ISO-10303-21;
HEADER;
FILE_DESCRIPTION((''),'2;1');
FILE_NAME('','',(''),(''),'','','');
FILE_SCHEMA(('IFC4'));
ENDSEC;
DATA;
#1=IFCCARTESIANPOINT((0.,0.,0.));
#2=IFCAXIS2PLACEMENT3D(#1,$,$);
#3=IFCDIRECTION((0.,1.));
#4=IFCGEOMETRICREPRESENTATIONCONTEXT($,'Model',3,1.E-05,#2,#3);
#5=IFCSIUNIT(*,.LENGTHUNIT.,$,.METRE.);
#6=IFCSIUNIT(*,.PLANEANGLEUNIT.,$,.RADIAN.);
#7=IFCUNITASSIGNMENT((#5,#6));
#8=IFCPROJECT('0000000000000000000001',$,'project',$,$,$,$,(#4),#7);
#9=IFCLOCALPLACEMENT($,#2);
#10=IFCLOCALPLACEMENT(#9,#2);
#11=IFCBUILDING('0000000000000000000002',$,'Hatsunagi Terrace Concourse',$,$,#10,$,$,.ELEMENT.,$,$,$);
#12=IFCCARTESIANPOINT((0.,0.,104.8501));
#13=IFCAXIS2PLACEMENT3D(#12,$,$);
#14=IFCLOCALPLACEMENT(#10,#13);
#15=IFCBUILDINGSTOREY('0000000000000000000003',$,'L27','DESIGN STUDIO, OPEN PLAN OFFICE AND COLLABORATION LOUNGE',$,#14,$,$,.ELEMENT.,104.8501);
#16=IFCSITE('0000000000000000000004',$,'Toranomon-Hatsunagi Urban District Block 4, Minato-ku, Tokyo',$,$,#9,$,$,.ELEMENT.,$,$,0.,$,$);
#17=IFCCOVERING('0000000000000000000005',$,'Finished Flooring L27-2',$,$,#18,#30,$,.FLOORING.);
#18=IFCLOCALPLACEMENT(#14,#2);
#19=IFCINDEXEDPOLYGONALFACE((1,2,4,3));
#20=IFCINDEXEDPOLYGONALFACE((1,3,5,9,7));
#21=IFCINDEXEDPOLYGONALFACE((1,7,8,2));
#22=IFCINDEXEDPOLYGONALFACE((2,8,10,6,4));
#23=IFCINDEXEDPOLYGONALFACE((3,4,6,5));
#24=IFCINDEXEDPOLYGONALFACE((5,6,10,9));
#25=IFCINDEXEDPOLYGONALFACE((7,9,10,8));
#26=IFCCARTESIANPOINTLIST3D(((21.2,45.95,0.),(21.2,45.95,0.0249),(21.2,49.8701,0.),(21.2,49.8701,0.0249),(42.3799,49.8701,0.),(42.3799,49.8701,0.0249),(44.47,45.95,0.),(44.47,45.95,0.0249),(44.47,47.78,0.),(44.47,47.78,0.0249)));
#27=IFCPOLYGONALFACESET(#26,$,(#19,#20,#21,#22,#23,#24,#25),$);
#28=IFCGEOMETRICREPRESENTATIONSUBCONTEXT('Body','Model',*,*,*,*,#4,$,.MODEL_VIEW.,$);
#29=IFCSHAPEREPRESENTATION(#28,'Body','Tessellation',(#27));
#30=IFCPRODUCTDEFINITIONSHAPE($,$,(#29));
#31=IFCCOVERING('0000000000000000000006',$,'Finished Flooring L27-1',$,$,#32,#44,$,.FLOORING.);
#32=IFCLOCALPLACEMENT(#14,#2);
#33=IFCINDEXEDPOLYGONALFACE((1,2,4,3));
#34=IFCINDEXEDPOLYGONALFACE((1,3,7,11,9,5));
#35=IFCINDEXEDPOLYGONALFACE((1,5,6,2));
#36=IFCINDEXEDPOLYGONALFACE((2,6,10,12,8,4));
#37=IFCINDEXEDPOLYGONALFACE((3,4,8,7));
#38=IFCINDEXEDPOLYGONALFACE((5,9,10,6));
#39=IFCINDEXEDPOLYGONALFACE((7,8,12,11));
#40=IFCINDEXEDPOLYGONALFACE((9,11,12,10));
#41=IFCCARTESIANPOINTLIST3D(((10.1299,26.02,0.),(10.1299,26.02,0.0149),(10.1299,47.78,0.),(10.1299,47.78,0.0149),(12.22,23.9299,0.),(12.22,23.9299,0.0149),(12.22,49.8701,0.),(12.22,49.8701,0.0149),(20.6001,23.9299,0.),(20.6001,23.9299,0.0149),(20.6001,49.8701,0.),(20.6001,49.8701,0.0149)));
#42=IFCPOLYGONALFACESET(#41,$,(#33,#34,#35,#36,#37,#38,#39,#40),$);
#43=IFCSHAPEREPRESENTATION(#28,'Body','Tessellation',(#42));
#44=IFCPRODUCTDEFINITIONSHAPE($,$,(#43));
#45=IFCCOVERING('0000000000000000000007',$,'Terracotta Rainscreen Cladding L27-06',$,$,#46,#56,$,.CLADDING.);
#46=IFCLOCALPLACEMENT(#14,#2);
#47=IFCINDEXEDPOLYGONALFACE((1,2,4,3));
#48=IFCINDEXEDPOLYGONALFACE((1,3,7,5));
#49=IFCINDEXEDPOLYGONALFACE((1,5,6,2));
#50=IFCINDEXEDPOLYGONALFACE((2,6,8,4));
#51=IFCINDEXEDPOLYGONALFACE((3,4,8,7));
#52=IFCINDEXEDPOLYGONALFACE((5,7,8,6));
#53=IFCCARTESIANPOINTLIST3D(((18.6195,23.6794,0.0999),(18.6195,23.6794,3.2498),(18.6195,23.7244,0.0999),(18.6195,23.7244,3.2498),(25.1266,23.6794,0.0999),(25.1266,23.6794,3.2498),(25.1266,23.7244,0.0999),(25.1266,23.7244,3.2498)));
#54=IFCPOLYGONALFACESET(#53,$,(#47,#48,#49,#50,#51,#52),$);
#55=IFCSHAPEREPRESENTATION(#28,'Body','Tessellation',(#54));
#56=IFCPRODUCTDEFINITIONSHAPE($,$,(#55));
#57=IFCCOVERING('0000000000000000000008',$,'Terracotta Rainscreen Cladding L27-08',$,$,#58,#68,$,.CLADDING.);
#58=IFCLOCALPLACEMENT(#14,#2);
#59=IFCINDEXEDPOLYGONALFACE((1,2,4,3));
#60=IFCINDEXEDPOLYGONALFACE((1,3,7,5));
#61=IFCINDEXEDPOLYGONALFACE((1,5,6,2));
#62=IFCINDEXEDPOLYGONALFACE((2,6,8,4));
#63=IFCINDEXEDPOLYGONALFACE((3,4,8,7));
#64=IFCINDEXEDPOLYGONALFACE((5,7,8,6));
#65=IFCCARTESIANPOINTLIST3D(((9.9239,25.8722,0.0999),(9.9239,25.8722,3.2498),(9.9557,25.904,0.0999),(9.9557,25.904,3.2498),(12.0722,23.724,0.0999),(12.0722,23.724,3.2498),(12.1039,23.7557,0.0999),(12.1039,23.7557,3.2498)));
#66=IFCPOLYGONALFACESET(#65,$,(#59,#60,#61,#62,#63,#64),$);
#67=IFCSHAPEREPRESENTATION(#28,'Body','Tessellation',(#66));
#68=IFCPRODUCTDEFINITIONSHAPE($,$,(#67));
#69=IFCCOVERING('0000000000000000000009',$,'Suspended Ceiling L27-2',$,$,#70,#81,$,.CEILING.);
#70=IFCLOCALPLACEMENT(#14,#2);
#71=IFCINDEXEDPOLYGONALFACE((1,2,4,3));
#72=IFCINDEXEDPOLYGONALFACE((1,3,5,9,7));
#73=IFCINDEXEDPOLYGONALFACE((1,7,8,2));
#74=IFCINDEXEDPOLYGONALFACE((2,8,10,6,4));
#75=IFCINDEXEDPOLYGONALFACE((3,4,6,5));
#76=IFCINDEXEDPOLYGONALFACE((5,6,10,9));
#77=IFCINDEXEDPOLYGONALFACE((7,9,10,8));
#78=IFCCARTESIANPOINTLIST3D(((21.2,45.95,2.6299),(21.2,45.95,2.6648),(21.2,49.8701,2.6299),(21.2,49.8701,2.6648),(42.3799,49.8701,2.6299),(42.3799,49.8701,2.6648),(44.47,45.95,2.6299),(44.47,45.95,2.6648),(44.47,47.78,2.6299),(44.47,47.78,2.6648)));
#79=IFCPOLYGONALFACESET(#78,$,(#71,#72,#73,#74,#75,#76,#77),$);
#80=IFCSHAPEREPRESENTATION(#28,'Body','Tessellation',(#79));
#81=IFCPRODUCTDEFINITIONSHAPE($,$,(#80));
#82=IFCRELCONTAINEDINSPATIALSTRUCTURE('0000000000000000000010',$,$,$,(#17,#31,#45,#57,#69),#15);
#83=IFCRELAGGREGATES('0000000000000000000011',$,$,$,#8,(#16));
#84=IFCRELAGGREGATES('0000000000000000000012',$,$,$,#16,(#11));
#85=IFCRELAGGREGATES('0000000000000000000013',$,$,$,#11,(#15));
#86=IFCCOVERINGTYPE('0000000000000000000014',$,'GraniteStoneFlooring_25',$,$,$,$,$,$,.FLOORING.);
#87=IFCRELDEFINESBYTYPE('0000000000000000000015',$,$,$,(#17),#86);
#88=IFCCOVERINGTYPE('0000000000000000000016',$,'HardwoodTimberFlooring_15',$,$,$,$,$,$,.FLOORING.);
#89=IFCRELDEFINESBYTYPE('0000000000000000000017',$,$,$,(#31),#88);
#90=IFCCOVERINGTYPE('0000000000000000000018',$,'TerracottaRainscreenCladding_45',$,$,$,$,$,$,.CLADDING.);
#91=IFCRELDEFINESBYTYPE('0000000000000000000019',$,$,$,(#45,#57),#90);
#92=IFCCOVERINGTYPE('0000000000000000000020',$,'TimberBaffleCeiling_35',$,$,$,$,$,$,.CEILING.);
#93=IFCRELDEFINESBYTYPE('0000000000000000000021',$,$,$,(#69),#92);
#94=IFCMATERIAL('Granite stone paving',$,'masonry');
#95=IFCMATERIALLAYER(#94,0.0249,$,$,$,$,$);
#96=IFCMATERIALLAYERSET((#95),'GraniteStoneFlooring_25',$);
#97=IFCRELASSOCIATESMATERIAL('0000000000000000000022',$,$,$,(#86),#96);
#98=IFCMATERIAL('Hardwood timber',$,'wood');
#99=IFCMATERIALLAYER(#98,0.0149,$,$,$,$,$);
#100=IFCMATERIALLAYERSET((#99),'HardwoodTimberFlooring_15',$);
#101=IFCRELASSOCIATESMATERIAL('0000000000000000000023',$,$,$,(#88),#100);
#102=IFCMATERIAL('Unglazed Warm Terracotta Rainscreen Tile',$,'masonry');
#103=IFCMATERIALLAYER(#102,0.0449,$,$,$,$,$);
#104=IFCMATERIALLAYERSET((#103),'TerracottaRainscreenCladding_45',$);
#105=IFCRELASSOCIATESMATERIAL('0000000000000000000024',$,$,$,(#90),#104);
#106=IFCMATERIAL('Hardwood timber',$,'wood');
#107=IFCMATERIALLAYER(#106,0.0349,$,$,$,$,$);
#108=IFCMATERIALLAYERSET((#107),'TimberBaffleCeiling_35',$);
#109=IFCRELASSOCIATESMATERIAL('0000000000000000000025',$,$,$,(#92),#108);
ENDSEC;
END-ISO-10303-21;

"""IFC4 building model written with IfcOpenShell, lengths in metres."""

from ifc_helpers import new_model, si_unit, direction, frame, origin, origin_2d, place, context, subcontext, project, spatial, polyline, rectangle, outline, extrude, material, layer, layer_set, type_object, element, save


model = new_model("IFC4")

# Units and contexts
model_context = context("Model", 3, precision=1e-05, world=origin(), true_north=direction((0.0, 1.0)))
body_context = subcontext(model_context, "Body", "Model", "MODEL_VIEW")
ifc_project = project(units=[si_unit("LENGTHUNIT", "METRE"), si_unit("PLANEANGLEUNIT", "RADIAN")], contexts=[model_context])

# Site, building, storey
site_placement = place(None, origin())
site = spatial("IfcSite", under=ifc_project, at=site_placement, Name="Toranomon-Hatsunagi Urban District Block 4, Minato-ku, Tokyo", CompositionType="ELEMENT", RefElevation=0.0)
building_placement = place(site_placement, origin())
building = spatial("IfcBuilding", under=site, at=building_placement, Name="Hatsunagi Terrace Concourse", CompositionType="ELEMENT")
storey_placement = place(building_placement, frame((0.0, 0.0, 104.8501)))
storey = spatial("IfcBuildingStorey", under=building, at=storey_placement, Name="L27", Description="DESIGN STUDIO, OPEN PLAN OFFICE AND COLLABORATION LOUNGE", CompositionType="ELEMENT", Elevation=104.8501)

# Coverings
ifc_material_1 = material(Name="Granite stone paving", Category="masonry")
ifc_layer_1 = layer(ifc_material_1, 0.0249)
ifc_layer_set_1 = layer_set([ifc_layer_1], Name="GraniteStoneFlooring_25")
covering_type_1 = type_object("IfcCoveringType", Name="GraniteStoneFlooring_25", PredefinedType="FLOORING", material=ifc_layer_set_1)
covering_1_placement = place(storey_placement, origin())
element("IfcCovering", 1, at=covering_1_placement, inside=storey, type_object=covering_type_1, Name="Finished Flooring L27-2", PredefinedType="FLOORING", context=body_context, shape_type="SweptSolid", body=[
    extrude(outline(polyline([(42.3799, 49.8701), (21.2, 49.8701), (21.2, 45.95), (44.47, 45.95), (44.47, 47.78), (42.3799, 49.8701)])), origin(), (0.0, 0.0, 1.0), 0.0249),
])
ifc_material_2 = material(Name="Hardwood timber", Category="wood")
ifc_layer_2 = layer(ifc_material_2, 0.0149)
ifc_layer_set_2 = layer_set([ifc_layer_2], Name="HardwoodTimberFlooring_15")
covering_type_2 = type_object("IfcCoveringType", Name="HardwoodTimberFlooring_15", PredefinedType="FLOORING", material=ifc_layer_set_2)
covering_2_placement = place(storey_placement, origin())
element("IfcCovering", 2, at=covering_2_placement, inside=storey, type_object=covering_type_2, Name="Finished Flooring L27-1", PredefinedType="FLOORING", context=body_context, shape_type="SweptSolid", body=[
    extrude(outline(polyline([(10.1299, 26.02), (12.22, 23.9299), (20.6001, 23.9299), (20.6001, 49.8701), (12.22, 49.8701), (10.1299, 47.78), (10.1299, 26.02)])), origin(), (0.0, 0.0, 1.0), 0.0149),
])
ifc_material_3 = material(Name="Unglazed Warm Terracotta Rainscreen Tile", Category="masonry")
ifc_layer_3 = layer(ifc_material_3, 0.0449)
ifc_layer_set_3 = layer_set([ifc_layer_3], Name="TerracottaRainscreenCladding_45")
covering_type_3 = type_object("IfcCoveringType", Name="TerracottaRainscreenCladding_45", PredefinedType="CLADDING", material=ifc_layer_set_3)
covering_3_placement = place(storey_placement, frame((21.873, 23.7019, 0.0999), z_axis=(0.0, 0.0, 1.0), x_axis=(-1.0, 0.0, 0.0)))
element("IfcCovering", 3, at=covering_3_placement, inside=storey, type_object=covering_type_3, Name="Terracotta Rainscreen Cladding L27-06", PredefinedType="CLADDING", context=body_context, shape_type="SweptSolid", body=[
    extrude(rectangle(XDim=6.5071, YDim=0.0449, at=origin_2d()), origin(), (0.0, 0.0, 1.0), 3.1499),
])
covering_4_placement = place(storey_placement, frame((11.0139, 24.814, 0.0999), z_axis=(0.0, 0.0, 1.0), x_axis=(-0.707107, 0.707107, 0.0)))
element("IfcCovering", 4, at=covering_4_placement, inside=storey, type_object=covering_type_3, Name="Terracotta Rainscreen Cladding L27-08", PredefinedType="CLADDING", context=body_context, shape_type="SweptSolid", body=[
    extrude(rectangle(XDim=3.0381, YDim=0.0449, at=origin_2d()), origin(), (0.0, 0.0, 1.0), 3.1499),
])
ifc_material_4 = material(Name="Hardwood timber", Category="wood")
ifc_layer_4 = layer(ifc_material_4, 0.0349)
ifc_layer_set_4 = layer_set([ifc_layer_4], Name="TimberBaffleCeiling_35")
covering_type_4 = type_object("IfcCoveringType", Name="TimberBaffleCeiling_35", PredefinedType="CEILING", material=ifc_layer_set_4)
covering_5_placement = place(storey_placement, frame((0.0, 0.0, 2.6299)))
element("IfcCovering", 5, at=covering_5_placement, inside=storey, type_object=covering_type_4, Name="Suspended Ceiling L27-2", PredefinedType="CEILING", context=body_context, shape_type="SweptSolid", body=[
    extrude(outline(polyline([(42.3799, 49.8701), (21.2, 49.8701), (21.2, 45.95), (44.47, 45.95), (44.47, 47.78), (42.3799, 49.8701)])), origin(), (0.0, 0.0, 1.0), 0.0349),
])

save(model, "model.ifc")
